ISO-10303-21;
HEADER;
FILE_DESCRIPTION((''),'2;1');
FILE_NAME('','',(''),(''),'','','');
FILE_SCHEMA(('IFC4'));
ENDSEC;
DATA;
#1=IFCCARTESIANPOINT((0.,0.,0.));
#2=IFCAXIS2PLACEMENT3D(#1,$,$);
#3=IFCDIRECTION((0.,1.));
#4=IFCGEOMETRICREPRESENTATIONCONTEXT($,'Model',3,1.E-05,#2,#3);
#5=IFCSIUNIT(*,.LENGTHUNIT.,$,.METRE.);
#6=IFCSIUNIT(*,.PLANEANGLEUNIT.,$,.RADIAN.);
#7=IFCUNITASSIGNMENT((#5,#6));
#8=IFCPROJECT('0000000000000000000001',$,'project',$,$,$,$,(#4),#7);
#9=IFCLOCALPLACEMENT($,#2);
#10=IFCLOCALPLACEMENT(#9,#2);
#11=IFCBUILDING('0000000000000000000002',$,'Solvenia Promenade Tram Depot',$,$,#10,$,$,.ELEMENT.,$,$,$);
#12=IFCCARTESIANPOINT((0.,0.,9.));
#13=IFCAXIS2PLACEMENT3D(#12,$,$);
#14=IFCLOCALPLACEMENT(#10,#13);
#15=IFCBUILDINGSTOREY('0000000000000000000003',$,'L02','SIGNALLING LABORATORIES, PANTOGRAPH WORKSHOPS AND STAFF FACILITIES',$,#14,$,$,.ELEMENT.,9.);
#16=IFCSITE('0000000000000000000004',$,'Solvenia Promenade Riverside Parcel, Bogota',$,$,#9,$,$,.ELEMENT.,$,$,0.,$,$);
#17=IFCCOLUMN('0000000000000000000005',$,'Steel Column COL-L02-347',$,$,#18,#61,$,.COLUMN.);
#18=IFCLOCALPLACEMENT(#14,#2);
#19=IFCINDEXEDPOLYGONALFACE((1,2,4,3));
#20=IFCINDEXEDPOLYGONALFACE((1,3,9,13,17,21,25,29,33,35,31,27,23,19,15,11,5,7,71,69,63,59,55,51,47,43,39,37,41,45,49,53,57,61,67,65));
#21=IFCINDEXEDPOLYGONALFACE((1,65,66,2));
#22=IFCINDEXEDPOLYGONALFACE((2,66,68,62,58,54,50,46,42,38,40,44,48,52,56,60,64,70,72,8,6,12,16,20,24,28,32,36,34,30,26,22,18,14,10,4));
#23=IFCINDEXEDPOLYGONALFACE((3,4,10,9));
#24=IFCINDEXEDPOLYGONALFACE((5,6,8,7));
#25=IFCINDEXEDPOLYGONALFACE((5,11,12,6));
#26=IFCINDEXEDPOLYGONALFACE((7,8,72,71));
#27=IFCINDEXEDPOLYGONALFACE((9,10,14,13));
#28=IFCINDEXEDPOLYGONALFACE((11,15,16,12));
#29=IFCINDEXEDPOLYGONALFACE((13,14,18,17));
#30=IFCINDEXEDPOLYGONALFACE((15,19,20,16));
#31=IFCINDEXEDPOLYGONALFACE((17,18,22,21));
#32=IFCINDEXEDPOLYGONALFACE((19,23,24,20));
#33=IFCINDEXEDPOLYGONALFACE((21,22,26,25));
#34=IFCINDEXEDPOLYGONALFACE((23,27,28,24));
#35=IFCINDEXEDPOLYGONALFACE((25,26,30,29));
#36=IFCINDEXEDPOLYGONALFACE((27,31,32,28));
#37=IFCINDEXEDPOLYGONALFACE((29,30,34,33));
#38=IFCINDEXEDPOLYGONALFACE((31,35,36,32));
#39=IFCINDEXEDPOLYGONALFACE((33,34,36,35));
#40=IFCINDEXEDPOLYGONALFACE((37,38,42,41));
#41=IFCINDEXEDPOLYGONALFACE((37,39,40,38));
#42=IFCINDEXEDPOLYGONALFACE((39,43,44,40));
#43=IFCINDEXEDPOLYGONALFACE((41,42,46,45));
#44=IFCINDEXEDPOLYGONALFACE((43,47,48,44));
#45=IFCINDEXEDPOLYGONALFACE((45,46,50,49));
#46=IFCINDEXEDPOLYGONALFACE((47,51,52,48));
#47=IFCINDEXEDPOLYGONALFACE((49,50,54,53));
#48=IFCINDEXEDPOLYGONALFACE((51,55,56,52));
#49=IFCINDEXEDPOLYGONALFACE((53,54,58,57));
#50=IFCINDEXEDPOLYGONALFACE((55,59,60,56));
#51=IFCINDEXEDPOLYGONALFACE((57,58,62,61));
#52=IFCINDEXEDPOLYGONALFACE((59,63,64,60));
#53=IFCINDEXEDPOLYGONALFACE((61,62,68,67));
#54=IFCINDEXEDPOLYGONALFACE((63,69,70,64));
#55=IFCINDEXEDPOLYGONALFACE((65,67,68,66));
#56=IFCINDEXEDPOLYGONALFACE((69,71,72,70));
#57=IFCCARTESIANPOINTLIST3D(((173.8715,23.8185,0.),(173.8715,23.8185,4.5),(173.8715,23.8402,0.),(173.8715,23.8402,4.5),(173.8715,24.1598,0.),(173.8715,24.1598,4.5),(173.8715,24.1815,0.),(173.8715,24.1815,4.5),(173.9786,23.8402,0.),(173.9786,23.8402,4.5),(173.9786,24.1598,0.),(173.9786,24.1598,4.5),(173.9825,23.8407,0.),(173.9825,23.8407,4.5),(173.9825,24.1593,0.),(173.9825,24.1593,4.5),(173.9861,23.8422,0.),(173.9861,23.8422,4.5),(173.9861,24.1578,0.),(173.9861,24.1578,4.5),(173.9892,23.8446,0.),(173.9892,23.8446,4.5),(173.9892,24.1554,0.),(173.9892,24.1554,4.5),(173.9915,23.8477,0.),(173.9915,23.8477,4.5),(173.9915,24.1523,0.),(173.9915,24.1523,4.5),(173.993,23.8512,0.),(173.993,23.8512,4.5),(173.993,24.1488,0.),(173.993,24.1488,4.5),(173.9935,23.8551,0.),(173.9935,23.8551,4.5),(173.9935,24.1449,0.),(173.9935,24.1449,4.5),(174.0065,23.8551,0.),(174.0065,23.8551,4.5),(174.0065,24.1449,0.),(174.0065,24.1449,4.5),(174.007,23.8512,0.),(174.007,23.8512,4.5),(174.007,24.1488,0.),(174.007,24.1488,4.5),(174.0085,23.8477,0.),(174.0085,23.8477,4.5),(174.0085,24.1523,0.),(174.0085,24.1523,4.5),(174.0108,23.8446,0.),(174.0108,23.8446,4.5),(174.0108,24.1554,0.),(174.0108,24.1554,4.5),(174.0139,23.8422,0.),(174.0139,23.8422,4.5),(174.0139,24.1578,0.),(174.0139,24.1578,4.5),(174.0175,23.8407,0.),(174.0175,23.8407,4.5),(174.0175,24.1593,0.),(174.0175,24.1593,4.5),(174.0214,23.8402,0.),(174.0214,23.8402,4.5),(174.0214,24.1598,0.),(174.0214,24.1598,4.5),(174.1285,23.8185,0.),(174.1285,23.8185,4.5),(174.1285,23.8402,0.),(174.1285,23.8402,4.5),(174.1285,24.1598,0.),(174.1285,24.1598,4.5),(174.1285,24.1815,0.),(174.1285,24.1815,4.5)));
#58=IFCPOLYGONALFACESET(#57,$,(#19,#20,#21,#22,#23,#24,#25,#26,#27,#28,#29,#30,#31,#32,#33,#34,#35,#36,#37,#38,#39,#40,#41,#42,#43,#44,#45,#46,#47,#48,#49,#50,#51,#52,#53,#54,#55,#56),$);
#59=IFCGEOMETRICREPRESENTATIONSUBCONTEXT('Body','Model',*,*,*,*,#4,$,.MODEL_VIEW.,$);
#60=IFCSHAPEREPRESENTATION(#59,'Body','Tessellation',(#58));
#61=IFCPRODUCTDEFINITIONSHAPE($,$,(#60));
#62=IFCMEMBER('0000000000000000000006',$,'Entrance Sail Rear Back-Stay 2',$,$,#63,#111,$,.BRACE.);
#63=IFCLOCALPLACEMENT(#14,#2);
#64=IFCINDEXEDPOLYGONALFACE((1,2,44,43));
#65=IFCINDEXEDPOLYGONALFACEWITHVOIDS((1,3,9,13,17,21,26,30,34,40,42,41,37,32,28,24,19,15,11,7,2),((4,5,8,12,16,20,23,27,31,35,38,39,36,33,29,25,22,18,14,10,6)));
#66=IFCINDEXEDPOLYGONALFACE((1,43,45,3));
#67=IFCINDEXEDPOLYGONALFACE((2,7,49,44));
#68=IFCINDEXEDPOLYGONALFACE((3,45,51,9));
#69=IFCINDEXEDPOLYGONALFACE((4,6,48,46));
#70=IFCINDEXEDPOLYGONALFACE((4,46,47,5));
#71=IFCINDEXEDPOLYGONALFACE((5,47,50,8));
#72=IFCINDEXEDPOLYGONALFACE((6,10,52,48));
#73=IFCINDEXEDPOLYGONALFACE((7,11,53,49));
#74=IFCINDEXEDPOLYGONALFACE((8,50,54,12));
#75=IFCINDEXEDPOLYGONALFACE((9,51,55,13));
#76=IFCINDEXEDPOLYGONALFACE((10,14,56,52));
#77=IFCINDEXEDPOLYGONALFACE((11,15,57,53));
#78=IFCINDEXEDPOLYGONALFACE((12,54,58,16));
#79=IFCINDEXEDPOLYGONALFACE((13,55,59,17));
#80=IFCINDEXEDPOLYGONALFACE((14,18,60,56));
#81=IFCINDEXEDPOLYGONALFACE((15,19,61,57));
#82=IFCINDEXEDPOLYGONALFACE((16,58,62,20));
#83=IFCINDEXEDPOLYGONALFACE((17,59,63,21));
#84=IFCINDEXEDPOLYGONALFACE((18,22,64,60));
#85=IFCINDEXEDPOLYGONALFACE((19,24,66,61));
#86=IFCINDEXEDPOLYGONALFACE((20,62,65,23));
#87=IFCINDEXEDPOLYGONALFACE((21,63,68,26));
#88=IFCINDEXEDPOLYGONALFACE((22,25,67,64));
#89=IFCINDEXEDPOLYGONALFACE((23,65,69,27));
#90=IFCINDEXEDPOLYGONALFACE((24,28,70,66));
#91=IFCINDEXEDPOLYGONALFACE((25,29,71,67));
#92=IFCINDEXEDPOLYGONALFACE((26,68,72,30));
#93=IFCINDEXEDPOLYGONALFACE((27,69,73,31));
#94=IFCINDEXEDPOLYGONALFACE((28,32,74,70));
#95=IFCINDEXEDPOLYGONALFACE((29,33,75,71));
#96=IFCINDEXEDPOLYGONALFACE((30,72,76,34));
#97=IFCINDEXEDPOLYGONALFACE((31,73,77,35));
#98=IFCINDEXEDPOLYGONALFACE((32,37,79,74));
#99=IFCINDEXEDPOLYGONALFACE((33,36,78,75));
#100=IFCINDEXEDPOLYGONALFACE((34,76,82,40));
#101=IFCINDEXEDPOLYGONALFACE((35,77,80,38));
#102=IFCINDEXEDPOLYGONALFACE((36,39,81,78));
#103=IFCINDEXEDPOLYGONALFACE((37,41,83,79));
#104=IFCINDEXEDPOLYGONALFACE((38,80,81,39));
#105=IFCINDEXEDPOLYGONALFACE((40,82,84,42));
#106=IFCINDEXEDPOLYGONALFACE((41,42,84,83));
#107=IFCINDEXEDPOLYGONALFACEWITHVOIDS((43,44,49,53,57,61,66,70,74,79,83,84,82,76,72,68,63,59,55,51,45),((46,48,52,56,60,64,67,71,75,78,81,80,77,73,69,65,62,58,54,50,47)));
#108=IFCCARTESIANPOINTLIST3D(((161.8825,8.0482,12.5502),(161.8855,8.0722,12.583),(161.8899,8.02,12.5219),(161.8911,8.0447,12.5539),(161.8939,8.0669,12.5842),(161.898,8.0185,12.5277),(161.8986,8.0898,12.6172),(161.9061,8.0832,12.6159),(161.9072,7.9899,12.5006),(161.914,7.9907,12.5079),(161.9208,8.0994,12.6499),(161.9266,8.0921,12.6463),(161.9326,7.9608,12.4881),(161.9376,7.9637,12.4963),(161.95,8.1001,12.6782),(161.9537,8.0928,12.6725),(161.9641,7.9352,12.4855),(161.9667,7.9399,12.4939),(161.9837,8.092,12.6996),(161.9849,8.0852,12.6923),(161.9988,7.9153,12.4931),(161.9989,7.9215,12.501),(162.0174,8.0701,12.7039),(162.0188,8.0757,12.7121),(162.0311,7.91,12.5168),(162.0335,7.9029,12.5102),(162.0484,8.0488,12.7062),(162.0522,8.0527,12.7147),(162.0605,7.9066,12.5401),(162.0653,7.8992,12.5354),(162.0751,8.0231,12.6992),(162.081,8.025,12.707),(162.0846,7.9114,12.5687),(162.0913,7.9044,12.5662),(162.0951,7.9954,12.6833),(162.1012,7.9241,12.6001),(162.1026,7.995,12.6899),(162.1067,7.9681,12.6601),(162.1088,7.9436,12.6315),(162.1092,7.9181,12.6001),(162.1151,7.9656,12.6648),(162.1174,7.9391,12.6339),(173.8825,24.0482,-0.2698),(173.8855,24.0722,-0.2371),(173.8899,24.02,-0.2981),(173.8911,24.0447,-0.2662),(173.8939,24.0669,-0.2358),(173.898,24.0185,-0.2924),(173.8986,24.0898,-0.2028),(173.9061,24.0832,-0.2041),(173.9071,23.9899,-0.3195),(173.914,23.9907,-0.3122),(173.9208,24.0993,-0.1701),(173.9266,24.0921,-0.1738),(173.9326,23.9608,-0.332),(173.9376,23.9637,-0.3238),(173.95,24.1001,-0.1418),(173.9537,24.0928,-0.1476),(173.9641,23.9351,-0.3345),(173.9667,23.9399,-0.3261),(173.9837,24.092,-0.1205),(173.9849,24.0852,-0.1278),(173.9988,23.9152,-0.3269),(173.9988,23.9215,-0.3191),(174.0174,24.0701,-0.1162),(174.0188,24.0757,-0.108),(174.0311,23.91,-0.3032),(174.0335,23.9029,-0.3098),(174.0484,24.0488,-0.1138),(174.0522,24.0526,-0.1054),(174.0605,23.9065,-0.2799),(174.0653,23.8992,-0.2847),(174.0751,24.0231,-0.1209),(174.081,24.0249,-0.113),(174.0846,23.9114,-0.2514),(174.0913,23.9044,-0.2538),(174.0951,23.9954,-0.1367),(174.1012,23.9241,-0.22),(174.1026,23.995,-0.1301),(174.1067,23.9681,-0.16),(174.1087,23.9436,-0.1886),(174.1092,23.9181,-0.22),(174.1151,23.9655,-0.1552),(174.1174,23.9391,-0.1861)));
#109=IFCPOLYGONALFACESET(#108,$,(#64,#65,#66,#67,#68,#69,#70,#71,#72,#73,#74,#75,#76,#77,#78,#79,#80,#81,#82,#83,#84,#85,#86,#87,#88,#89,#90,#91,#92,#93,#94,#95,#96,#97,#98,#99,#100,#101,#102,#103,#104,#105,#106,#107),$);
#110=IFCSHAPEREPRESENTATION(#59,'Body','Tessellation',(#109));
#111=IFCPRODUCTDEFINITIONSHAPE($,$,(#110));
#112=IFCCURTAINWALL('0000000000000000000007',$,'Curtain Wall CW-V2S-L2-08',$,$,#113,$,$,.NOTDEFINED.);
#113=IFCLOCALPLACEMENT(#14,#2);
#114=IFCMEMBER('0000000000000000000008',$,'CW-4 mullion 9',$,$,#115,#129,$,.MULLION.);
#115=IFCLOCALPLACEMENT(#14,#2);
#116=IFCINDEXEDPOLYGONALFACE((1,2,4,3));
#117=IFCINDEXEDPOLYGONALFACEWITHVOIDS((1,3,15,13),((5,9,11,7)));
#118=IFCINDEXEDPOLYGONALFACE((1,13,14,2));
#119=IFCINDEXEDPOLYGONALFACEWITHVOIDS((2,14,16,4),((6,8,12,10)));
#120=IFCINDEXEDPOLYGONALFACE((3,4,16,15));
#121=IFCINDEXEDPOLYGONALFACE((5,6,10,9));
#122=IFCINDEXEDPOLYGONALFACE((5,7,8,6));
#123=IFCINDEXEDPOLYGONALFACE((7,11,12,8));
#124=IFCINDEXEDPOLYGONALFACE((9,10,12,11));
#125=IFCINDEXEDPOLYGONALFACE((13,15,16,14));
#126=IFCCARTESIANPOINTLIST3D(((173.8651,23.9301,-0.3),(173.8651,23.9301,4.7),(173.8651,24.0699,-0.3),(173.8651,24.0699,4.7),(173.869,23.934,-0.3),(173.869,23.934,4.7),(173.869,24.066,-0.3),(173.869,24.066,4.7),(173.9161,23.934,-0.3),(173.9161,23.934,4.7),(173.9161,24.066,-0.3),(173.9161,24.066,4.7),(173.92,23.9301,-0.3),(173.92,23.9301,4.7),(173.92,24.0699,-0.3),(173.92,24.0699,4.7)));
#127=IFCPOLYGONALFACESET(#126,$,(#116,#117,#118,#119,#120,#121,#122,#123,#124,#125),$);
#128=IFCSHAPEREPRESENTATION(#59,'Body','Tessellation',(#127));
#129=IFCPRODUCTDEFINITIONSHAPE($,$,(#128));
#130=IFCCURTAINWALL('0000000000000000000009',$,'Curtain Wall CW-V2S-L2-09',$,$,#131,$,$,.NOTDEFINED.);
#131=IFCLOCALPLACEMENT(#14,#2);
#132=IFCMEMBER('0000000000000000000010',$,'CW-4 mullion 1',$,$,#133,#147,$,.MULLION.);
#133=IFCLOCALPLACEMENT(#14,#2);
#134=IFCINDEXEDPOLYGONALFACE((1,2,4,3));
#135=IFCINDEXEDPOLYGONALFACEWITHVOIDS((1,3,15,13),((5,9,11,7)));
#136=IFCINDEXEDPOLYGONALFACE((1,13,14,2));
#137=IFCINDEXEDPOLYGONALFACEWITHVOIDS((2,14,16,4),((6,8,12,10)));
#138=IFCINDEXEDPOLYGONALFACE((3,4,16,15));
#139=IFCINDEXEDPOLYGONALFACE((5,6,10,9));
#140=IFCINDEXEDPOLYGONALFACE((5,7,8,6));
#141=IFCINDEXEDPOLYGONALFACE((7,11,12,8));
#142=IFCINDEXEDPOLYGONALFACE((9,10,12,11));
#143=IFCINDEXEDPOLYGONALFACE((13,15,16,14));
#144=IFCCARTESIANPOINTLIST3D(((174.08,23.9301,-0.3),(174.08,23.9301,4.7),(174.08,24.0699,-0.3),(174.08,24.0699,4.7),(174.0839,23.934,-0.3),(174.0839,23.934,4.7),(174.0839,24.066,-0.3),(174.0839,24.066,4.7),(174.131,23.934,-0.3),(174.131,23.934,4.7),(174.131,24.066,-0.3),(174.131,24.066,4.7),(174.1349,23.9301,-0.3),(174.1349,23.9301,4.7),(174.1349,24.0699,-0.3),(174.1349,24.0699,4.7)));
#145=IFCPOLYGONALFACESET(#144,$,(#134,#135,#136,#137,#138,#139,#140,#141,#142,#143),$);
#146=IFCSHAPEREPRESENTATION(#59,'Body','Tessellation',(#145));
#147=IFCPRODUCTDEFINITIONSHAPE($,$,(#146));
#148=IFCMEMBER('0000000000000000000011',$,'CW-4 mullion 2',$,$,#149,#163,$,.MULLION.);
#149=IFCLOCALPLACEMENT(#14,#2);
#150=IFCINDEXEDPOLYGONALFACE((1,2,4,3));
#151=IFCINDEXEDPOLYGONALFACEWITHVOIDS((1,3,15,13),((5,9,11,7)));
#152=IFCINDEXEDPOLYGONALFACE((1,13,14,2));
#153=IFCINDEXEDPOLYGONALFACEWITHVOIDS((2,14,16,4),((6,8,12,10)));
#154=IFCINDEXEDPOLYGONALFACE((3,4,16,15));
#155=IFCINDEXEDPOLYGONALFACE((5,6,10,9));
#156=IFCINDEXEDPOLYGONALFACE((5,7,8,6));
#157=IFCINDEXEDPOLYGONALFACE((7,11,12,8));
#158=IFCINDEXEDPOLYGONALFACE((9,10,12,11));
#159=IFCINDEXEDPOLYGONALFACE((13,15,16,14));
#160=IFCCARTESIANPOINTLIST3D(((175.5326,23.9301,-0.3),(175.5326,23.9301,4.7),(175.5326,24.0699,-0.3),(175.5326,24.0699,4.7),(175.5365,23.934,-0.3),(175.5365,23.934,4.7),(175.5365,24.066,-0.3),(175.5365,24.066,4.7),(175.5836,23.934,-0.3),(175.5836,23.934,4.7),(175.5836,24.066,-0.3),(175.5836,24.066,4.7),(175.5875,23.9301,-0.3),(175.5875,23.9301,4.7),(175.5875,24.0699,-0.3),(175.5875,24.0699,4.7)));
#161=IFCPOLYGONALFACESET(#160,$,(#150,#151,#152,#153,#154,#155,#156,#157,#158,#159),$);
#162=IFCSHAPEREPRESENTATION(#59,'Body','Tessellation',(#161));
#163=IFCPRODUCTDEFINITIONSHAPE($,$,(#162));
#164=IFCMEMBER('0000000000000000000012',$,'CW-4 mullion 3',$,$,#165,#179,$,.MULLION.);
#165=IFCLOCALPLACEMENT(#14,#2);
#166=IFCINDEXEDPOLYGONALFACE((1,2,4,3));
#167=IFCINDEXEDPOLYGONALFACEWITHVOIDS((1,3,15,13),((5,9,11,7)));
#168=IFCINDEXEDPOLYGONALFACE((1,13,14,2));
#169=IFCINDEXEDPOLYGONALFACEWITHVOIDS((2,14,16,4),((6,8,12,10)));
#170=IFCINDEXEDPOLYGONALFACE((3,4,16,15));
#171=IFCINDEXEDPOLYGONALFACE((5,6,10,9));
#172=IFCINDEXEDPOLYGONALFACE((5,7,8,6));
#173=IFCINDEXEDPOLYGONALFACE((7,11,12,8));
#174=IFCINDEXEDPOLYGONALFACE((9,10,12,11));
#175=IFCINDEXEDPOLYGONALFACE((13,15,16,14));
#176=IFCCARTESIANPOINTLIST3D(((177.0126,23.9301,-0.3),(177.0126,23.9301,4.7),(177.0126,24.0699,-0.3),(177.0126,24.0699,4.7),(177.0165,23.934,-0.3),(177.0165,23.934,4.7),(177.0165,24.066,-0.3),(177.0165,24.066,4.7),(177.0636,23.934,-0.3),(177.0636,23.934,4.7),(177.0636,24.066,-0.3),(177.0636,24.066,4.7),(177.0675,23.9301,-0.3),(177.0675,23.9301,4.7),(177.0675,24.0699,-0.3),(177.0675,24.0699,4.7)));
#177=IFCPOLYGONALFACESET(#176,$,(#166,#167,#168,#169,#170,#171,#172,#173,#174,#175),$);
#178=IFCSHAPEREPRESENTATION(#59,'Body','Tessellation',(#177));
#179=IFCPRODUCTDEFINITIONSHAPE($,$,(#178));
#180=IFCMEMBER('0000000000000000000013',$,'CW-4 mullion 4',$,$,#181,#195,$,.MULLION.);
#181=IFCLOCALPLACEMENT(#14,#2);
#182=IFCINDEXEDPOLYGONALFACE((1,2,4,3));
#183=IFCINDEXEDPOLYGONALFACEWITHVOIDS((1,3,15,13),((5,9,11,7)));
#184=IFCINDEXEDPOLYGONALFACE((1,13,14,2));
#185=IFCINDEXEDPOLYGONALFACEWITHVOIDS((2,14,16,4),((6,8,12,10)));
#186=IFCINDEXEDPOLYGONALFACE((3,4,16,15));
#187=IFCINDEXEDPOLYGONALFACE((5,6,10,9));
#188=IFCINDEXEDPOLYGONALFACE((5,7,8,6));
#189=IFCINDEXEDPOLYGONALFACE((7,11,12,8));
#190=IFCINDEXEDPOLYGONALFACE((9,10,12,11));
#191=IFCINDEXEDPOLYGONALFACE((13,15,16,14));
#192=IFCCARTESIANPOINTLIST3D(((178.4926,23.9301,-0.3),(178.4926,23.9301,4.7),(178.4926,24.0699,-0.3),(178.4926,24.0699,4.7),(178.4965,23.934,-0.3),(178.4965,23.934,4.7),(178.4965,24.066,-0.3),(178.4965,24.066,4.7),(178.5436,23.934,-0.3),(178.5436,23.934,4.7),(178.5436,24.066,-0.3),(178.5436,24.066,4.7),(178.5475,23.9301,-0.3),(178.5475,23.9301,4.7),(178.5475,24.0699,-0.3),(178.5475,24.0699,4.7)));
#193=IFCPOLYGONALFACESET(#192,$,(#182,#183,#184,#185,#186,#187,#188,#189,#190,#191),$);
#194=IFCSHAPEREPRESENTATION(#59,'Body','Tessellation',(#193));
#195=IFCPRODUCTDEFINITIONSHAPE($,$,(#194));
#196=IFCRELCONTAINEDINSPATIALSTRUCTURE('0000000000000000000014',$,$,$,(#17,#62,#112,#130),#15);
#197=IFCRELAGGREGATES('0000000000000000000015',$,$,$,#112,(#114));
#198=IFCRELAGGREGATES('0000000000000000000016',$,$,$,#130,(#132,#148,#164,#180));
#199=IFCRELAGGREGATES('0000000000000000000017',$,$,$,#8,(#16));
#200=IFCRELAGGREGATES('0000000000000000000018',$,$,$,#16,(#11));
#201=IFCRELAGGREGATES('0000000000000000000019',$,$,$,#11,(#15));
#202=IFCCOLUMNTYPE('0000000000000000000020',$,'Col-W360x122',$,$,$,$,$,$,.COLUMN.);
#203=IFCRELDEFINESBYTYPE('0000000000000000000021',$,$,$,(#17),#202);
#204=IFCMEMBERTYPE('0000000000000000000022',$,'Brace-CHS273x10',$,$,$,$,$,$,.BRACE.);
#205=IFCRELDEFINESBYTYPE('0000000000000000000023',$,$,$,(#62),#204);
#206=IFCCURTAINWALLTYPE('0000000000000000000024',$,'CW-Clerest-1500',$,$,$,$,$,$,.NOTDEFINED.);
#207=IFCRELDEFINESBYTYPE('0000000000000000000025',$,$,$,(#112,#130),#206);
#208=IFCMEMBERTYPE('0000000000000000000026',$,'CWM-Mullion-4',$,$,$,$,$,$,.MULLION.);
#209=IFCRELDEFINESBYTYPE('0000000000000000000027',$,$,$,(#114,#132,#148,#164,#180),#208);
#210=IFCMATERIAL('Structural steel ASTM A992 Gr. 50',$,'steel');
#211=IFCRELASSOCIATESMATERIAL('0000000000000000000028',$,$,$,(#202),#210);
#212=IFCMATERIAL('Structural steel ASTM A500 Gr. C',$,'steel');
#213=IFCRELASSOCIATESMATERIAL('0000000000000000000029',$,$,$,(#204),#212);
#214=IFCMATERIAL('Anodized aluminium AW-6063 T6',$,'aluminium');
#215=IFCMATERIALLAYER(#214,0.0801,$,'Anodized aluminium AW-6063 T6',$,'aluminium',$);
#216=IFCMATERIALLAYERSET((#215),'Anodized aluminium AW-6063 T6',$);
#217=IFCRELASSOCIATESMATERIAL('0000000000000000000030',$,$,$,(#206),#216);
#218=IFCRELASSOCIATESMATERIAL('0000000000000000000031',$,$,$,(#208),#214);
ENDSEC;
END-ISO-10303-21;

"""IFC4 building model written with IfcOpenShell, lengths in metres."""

from ifc_helpers import new_model, si_unit, direction, frame, origin, origin_2d, place, context, subcontext, project, spatial, hollow_rectangle, hollow_circle, i_section, extrude, material, layer, layer_set, material_profile, profile_set, type_object, element, aggregate, save


model = new_model("IFC4")

# Units and contexts
model_context = context("Model", 3, precision=1e-05, world=origin(), true_north=direction((0.0, 1.0)))
body_context = subcontext(model_context, "Body", "Model", "MODEL_VIEW")
ifc_project = project(units=[si_unit("LENGTHUNIT", "METRE"), si_unit("PLANEANGLEUNIT", "RADIAN")], contexts=[model_context])

# Site, building, storey
site_placement = place(None, origin())
site = spatial("IfcSite", under=ifc_project, at=site_placement, Name="Solvenia Promenade Riverside Parcel, Bogota", CompositionType="ELEMENT", RefElevation=0.0)
building_placement = place(site_placement, origin())
building = spatial("IfcBuilding", under=site, at=building_placement, Name="Solvenia Promenade Tram Depot", CompositionType="ELEMENT")
storey_placement = place(building_placement, frame((0.0, 0.0, 9.0)))
storey = spatial("IfcBuildingStorey", under=building, at=storey_placement, Name="L02", Description="SIGNALLING LABORATORIES, PANTOGRAPH WORKSHOPS AND STAFF FACILITIES", CompositionType="ELEMENT", Elevation=9.0)

# Column
ifc_material_1 = material(Name="Structural steel ASTM A992 Gr. 50", Category="steel")
ifc_material_profile_1 = material_profile(ifc_material_1, i_section(OverallWidth=0.2571, OverallDepth=0.363, WebThickness=0.0129, FlangeThickness=0.0217, FilletRadius=0.0149, at=origin_2d()), Name="W360x122", Category="steel")
ifc_profile_set_1 = profile_set([ifc_material_profile_1], Name="Structural steel ASTM A992 Gr. 50")
column_type = type_object("IfcColumnType", Name="Col-W360x122", PredefinedType="COLUMN", material=ifc_profile_set_1)
column_placement = place(storey_placement, frame((174.0, 24.0, 0.0), z_axis=(0.0, 0.0, 1.0), x_axis=(1.0, 0.0, 0.0)))
element("IfcColumn", 1, at=column_placement, inside=storey, type_object=column_type, Name="Steel Column COL-L02-347", PredefinedType="COLUMN", context=body_context, shape_type="SweptSolid", body=[
    extrude(i_section(OverallWidth=0.2571, OverallDepth=0.363, WebThickness=0.0129, FlangeThickness=0.0217, FilletRadius=0.0149, at=origin_2d()), origin(), (0.0, 0.0, 1.0), 4.5),
])

# Member
ifc_material_2 = material(Name="Structural steel ASTM A500 Gr. C", Category="steel")
ifc_material_profile_2 = material_profile(ifc_material_2, hollow_circle(Radius=0.1365, WallThickness=0.01, at=origin_2d()), Name="CHS273.0x10", Category="steel")
ifc_profile_set_2 = profile_set([ifc_material_profile_2], Name="Structural steel ASTM A500 Gr. C")
member_type_1 = type_object("IfcMemberType", Name="Brace-CHS273x10", PredefinedType="BRACE", material=ifc_profile_set_2)
member_1_placement = place(storey_placement, frame((174.0, 24.0, -0.22), z_axis=(-0.505133, -0.67351, 0.539653), x_axis=(0.8, -0.6, 0.0)))
element("IfcMember", 2, at=member_1_placement, inside=storey, type_object=member_type_1, Name="Entrance Sail Rear Back-Stay 2", PredefinedType="BRACE", context=body_context, shape_type="SweptSolid", body=[
    extrude(hollow_circle(Radius=0.1365, WallThickness=0.01, at=origin_2d()), origin(), (0.0, 0.0, 1.0), 23.7561),
])

# Curtain wall, member
ifc_material_3 = material(Name="Anodized aluminium AW-6063 T6", Category="aluminium")
ifc_layer_1 = layer(ifc_material_3, 0.0801, Name="Anodized aluminium AW-6063 T6", Category="aluminium")
ifc_layer_set_1 = layer_set([ifc_layer_1], Name="Anodized aluminium AW-6063 T6")
curtain_wall_type = type_object("IfcCurtainWallType", Name="CW-Clerest-1500", PredefinedType="NOTDEFINED", material=ifc_layer_set_1)
curtain_wall_1_placement = place(storey_placement, origin())
curtain_wall_1 = element("IfcCurtainWall", 3, at=curtain_wall_1_placement, inside=storey, type_object=curtain_wall_type, Name="Curtain Wall CW-V2S-L2-08", PredefinedType="NOTDEFINED")
ifc_material_profile_3 = material_profile(ifc_material_3, hollow_rectangle(XDim=0.1399, YDim=0.0549, WallThickness=0.0039, at=origin_2d()), Name="ALU-M4", Category="aluminium")
ifc_profile_set_3 = profile_set([ifc_material_profile_3], Name="Anodized aluminium AW-6063 T6")
member_type_2 = type_object("IfcMemberType", Name="CWM-Mullion-4", PredefinedType="MULLION", material=ifc_profile_set_3)
member_2_placement = place(storey_placement, frame((173.8926, 24.0, -0.3), z_axis=(0.0, 0.0, 1.0), x_axis=(0.0, 1.0, 0.0)))
member_2 = element("IfcMember", 4, at=member_2_placement, type_object=member_type_2, Name="CW-4 mullion 9", PredefinedType="MULLION", context=body_context, shape_type="SweptSolid", body=[
    extrude(hollow_rectangle(XDim=0.1399, YDim=0.0549, WallThickness=0.0039, at=origin_2d()), origin(), (0.0, 0.0, 1.0), 5.0),
])
aggregate(curtain_wall_1, [member_2])

# Curtain wall, members
curtain_wall_2_placement = place(storey_placement, origin())
curtain_wall_2 = element("IfcCurtainWall", 5, at=curtain_wall_2_placement, inside=storey, type_object=curtain_wall_type, Name="Curtain Wall CW-V2S-L2-09", PredefinedType="NOTDEFINED")
member_3_placement = place(storey_placement, frame((174.1074, 24.0, -0.3), z_axis=(0.0, 0.0, 1.0), x_axis=(0.0, 1.0, 0.0)))
member_3 = element("IfcMember", 6, at=member_3_placement, type_object=member_type_2, Name="CW-4 mullion 1", PredefinedType="MULLION", context=body_context, shape_type="SweptSolid", body=[
    extrude(hollow_rectangle(XDim=0.1399, YDim=0.0549, WallThickness=0.0039, at=origin_2d()), origin(), (0.0, 0.0, 1.0), 5.0),
])
member_4_placement = place(storey_placement, frame((175.5601, 24.0, -0.3), z_axis=(0.0, 0.0, 1.0), x_axis=(0.0, 1.0, 0.0)))
member_4 = element("IfcMember", 7, at=member_4_placement, type_object=member_type_2, Name="CW-4 mullion 2", PredefinedType="MULLION", context=body_context, shape_type="SweptSolid", body=[
    extrude(hollow_rectangle(XDim=0.1399, YDim=0.0549, WallThickness=0.0039, at=origin_2d()), origin(), (0.0, 0.0, 1.0), 5.0),
])
member_5_placement = place(storey_placement, frame((177.04, 24.0, -0.3), z_axis=(0.0, 0.0, 1.0), x_axis=(0.0, 1.0, 0.0)))
member_5 = element("IfcMember", 8, at=member_5_placement, type_object=member_type_2, Name="CW-4 mullion 3", PredefinedType="MULLION", context=body_context, shape_type="SweptSolid", body=[
    extrude(hollow_rectangle(XDim=0.1399, YDim=0.0549, WallThickness=0.0039, at=origin_2d()), origin(), (0.0, 0.0, 1.0), 5.0),
])
member_6_placement = place(storey_placement, frame((178.52, 24.0, -0.3), z_axis=(0.0, 0.0, 1.0), x_axis=(0.0, 1.0, 0.0)))
member_6 = element("IfcMember", 9, at=member_6_placement, type_object=member_type_2, Name="CW-4 mullion 4", PredefinedType="MULLION", context=body_context, shape_type="SweptSolid", body=[
    extrude(hollow_rectangle(XDim=0.1399, YDim=0.0549, WallThickness=0.0039, at=origin_2d()), origin(), (0.0, 0.0, 1.0), 5.0),
])

aggregate(curtain_wall_2, [member_3, member_4, member_5, member_6])

save(model, "model.ifc")
